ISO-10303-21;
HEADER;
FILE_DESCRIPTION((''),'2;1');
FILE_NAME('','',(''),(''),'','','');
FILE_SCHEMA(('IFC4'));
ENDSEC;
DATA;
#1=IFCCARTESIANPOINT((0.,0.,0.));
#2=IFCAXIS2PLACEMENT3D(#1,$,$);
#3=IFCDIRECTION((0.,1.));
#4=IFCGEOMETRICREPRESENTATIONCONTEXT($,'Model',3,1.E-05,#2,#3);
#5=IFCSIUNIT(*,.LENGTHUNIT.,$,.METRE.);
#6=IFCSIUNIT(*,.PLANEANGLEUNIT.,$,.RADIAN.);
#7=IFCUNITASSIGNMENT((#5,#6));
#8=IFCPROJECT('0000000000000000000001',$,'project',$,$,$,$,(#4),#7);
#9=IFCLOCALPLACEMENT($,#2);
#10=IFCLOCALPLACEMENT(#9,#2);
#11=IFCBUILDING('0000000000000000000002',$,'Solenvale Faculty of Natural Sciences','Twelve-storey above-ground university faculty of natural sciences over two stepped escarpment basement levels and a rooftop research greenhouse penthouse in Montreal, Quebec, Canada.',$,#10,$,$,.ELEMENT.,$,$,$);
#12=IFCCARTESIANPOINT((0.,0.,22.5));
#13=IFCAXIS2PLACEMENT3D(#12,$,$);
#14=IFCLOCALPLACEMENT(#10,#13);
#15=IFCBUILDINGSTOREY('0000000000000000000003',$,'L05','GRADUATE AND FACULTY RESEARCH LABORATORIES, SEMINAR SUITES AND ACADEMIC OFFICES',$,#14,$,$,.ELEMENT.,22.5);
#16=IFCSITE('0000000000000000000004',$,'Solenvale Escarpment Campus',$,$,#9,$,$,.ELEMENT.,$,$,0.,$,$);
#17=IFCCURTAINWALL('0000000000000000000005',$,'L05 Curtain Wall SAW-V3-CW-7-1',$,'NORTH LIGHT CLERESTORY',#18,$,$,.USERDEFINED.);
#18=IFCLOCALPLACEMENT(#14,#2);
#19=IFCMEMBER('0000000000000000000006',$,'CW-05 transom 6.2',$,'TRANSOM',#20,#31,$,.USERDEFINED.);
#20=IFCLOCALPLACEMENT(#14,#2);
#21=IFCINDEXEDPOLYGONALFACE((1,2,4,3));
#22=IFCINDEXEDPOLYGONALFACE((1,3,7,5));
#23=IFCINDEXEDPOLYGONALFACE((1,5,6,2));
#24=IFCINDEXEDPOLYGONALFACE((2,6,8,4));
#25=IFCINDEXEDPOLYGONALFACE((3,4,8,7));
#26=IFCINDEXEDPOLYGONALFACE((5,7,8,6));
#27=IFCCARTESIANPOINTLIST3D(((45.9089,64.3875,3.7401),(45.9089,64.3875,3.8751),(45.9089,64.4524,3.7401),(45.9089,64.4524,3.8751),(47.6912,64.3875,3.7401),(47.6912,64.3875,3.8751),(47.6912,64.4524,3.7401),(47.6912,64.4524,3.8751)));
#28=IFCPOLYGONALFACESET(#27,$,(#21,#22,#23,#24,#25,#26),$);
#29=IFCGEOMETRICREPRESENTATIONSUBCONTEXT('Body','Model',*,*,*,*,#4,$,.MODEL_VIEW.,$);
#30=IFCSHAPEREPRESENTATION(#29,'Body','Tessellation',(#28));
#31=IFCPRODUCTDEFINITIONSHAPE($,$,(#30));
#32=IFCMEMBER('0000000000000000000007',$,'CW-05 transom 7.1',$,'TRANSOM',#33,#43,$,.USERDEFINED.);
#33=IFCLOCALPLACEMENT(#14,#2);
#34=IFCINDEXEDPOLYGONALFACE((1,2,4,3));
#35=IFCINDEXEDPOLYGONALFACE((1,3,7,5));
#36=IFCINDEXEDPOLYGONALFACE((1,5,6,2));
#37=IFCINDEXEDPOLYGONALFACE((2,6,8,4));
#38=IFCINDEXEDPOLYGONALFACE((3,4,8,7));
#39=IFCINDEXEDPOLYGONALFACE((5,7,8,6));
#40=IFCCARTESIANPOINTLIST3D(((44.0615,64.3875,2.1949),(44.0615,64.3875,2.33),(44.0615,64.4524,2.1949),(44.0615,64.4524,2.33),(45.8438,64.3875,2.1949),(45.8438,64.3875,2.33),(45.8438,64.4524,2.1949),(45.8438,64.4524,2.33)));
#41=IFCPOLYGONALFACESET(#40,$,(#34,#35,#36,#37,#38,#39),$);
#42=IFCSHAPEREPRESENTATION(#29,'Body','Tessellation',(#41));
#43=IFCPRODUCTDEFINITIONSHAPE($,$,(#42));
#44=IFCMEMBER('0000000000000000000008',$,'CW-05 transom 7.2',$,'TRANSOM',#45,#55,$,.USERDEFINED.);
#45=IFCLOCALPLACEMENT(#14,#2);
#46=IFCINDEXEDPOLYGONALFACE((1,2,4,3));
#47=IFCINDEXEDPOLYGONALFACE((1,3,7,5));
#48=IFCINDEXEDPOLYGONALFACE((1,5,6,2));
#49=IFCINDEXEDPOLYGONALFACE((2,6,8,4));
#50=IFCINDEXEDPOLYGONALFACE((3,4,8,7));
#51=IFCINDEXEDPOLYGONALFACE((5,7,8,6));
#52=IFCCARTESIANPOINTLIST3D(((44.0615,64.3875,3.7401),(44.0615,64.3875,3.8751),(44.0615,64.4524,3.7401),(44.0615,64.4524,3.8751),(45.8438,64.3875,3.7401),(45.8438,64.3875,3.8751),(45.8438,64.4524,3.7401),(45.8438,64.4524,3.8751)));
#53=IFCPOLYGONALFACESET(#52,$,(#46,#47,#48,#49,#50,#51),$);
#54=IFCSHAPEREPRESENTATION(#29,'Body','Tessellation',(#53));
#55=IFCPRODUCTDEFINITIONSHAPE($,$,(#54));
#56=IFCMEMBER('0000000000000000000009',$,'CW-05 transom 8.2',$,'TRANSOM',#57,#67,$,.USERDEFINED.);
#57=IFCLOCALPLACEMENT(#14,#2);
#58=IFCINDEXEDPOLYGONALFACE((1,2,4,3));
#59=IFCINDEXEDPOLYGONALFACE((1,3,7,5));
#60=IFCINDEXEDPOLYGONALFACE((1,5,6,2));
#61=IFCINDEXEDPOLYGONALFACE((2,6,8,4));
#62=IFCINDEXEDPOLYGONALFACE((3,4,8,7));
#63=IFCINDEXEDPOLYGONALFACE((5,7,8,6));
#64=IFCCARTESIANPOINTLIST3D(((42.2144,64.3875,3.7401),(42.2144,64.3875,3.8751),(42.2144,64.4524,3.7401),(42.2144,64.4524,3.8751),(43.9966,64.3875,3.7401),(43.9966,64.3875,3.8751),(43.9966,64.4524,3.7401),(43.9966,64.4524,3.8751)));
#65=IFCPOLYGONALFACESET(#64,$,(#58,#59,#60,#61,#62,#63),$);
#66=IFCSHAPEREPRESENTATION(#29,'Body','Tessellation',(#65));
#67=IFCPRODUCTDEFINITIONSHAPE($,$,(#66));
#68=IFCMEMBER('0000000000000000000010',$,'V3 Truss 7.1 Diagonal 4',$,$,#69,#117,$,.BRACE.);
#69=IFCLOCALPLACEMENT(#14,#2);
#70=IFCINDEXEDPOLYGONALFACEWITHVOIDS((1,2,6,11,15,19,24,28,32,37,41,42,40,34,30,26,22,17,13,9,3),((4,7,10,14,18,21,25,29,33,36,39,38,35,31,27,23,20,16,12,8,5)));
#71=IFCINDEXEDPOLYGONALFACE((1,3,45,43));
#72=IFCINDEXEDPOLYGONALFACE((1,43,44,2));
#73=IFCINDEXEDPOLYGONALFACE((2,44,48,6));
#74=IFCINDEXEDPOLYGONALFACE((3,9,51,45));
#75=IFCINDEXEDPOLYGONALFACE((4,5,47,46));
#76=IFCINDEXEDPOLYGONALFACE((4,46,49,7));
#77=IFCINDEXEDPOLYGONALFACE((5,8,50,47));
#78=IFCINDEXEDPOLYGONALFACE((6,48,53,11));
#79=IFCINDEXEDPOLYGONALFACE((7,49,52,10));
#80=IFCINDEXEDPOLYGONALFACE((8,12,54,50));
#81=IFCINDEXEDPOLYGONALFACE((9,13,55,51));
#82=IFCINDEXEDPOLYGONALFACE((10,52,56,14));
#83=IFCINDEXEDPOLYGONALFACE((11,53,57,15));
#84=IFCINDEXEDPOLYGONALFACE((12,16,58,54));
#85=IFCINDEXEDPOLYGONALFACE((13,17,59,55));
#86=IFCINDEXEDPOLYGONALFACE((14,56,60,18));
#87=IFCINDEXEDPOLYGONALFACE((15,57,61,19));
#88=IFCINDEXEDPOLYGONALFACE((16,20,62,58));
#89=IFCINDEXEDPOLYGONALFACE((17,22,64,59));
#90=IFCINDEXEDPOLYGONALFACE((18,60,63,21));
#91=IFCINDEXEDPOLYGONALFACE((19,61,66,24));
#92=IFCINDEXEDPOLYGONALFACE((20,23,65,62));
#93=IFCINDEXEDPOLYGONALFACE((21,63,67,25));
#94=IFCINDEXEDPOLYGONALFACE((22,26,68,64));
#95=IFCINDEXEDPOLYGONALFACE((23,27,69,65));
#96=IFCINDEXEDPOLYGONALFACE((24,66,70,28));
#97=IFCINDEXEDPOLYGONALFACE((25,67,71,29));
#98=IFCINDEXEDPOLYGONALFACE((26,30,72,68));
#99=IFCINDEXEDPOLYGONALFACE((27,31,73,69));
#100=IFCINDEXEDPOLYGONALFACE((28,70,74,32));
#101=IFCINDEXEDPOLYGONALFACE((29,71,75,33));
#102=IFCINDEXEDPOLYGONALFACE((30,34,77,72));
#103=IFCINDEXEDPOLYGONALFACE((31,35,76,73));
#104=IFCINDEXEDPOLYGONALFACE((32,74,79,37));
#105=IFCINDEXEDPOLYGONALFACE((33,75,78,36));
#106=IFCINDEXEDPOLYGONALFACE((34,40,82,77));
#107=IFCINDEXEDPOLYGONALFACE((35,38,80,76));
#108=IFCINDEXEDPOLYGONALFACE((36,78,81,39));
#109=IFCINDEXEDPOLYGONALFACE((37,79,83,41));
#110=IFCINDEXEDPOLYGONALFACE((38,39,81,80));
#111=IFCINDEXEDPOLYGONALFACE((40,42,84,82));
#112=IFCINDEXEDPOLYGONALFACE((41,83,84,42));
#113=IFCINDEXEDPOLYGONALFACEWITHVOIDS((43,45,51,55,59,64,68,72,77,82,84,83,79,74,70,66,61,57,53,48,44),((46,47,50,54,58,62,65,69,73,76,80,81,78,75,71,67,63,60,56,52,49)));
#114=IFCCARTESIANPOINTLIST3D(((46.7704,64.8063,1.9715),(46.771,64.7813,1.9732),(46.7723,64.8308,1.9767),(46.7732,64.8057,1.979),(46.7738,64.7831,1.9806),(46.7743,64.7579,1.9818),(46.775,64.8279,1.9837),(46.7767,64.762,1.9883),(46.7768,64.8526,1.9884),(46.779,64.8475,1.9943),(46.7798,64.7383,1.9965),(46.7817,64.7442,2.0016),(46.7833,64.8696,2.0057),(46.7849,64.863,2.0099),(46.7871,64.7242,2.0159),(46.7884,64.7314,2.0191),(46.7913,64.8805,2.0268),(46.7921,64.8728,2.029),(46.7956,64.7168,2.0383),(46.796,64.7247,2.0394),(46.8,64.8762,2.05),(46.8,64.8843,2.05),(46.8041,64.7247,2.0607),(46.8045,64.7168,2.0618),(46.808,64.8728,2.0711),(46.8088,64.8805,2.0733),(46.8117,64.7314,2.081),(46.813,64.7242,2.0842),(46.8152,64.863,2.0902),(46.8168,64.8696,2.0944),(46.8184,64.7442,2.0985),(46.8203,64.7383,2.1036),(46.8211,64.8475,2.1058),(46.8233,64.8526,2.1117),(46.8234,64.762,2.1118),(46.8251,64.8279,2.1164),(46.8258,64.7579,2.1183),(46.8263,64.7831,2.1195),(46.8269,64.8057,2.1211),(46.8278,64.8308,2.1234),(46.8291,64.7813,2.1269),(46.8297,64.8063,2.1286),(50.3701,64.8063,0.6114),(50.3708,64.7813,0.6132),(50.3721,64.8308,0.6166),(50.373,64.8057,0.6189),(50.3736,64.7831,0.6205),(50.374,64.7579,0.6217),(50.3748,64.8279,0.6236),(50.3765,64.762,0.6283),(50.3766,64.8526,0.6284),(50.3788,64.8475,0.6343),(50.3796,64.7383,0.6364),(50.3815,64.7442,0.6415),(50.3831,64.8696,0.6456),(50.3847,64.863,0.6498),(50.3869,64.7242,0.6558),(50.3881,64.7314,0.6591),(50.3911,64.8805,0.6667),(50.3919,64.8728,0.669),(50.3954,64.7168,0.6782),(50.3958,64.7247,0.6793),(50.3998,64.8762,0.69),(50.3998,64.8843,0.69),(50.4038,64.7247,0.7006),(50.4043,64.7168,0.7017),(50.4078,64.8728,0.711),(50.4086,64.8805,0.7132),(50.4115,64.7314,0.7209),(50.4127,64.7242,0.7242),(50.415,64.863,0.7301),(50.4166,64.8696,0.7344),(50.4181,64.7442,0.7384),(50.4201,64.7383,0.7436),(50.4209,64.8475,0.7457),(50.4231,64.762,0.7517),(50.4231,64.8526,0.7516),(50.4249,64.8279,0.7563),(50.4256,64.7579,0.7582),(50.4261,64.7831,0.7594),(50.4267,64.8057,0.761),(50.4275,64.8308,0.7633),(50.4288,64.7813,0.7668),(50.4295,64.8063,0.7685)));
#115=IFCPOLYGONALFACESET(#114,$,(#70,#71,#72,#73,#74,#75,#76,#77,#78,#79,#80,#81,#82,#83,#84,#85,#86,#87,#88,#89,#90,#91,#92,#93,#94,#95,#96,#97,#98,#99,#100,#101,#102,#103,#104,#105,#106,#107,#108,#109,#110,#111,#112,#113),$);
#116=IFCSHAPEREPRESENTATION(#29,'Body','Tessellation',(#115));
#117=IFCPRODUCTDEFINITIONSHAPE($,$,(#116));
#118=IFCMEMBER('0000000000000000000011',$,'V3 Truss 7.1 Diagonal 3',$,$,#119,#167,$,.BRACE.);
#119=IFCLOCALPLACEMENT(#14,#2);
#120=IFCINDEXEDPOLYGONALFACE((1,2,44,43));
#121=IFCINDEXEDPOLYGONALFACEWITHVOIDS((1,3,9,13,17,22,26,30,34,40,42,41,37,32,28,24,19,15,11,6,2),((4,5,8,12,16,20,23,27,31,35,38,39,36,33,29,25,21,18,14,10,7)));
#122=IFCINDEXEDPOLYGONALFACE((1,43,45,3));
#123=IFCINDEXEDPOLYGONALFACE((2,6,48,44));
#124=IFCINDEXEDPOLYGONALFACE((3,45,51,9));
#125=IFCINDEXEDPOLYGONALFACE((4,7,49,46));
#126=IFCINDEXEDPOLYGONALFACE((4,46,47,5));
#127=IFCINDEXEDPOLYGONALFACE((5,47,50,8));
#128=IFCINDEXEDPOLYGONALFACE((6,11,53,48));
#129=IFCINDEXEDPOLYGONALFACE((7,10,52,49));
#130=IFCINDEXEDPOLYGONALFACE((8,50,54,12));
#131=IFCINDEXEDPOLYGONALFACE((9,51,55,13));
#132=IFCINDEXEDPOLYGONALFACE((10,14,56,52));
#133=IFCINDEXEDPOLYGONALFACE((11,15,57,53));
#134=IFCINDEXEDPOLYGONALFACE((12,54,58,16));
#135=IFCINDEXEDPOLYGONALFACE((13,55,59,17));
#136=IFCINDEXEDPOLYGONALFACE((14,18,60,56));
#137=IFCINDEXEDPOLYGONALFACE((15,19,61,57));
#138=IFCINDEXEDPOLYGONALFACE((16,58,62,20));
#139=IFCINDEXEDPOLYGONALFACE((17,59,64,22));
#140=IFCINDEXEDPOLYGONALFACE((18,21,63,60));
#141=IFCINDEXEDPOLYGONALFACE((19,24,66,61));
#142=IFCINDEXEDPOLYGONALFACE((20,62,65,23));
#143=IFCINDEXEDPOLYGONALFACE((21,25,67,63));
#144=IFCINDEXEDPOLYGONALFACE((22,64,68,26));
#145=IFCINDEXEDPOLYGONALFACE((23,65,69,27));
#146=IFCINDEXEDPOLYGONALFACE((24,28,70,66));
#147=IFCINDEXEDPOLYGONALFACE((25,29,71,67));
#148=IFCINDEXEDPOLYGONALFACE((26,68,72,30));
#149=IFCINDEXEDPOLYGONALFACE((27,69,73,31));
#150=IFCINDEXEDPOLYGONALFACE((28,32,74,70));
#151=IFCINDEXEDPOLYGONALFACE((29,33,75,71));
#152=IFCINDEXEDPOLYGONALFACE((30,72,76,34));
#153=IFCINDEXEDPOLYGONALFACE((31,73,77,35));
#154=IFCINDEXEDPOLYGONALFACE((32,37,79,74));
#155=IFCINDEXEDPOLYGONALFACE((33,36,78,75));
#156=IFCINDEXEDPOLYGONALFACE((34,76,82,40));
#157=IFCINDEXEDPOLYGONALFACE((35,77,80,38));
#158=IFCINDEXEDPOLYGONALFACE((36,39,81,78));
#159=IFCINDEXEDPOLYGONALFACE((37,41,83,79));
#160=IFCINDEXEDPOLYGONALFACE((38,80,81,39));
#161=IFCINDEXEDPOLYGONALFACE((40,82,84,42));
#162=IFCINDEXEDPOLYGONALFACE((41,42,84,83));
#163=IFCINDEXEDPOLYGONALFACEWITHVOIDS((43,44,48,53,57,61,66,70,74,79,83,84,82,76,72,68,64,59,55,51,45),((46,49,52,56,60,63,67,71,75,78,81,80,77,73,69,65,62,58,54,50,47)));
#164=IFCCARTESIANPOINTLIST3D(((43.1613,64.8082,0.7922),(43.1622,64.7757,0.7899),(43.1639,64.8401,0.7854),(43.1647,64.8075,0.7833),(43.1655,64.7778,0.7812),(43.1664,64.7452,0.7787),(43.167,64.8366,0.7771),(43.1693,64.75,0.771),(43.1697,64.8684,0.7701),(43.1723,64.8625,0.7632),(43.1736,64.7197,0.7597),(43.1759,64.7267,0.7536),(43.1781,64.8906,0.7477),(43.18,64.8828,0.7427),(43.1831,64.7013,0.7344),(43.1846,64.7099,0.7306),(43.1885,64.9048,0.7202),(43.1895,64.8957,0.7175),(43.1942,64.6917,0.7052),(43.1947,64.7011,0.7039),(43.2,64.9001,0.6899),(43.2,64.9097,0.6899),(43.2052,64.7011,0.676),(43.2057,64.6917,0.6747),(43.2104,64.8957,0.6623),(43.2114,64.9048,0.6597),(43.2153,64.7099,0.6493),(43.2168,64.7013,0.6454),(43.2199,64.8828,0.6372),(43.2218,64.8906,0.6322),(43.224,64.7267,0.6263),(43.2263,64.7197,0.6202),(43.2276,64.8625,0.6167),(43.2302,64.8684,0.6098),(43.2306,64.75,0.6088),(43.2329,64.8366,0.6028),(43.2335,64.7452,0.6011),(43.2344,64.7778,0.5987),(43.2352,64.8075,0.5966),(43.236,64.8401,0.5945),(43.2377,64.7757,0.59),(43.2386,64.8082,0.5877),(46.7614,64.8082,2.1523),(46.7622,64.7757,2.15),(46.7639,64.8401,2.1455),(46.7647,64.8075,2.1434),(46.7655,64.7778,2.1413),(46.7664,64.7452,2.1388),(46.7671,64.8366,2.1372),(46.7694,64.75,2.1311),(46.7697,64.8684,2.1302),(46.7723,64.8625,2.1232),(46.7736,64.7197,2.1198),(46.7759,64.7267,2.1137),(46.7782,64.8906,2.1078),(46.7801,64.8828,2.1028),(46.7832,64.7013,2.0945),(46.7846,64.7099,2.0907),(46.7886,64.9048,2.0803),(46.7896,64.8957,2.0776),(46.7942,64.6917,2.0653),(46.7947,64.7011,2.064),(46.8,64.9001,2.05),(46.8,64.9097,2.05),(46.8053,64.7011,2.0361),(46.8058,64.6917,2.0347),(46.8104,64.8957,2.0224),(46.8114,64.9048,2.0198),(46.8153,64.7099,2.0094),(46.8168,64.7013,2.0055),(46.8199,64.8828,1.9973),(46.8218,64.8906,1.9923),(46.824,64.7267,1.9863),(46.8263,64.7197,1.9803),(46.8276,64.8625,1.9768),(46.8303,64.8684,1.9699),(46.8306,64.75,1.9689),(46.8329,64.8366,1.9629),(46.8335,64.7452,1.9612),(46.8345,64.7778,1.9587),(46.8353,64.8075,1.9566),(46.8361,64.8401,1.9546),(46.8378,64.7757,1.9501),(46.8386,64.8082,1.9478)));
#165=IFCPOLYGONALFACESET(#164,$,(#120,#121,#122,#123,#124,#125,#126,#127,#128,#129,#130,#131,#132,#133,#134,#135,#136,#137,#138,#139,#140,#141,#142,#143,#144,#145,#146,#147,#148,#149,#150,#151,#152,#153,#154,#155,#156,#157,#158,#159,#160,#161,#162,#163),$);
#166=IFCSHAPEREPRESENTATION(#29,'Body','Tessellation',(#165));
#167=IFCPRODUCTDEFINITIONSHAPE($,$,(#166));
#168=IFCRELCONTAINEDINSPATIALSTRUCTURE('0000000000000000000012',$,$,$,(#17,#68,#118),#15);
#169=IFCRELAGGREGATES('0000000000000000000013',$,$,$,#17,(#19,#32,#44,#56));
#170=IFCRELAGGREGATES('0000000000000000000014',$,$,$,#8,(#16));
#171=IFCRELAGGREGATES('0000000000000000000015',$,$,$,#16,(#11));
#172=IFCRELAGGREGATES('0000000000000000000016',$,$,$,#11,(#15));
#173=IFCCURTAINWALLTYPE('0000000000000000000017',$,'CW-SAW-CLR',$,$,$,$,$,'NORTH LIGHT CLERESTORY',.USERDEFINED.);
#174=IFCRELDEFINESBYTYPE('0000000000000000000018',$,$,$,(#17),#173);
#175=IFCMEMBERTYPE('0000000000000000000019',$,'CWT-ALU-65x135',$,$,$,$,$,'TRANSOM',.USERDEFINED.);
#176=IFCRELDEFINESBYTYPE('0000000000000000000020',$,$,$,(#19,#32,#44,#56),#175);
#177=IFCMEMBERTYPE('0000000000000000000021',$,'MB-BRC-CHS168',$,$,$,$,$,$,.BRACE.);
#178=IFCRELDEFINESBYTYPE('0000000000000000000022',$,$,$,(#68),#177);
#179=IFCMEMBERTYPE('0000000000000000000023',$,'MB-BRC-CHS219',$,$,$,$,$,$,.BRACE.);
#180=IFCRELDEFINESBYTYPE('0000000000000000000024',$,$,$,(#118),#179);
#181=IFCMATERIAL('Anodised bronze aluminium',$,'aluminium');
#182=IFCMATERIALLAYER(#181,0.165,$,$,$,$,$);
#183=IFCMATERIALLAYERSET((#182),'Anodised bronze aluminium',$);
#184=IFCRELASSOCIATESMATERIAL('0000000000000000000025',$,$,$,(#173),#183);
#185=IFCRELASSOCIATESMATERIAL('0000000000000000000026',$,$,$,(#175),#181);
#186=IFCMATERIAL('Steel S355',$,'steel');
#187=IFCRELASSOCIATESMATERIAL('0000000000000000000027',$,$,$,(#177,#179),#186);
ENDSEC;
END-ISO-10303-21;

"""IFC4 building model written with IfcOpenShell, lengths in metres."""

from ifc_helpers import new_model, si_unit, direction, frame, origin, origin_2d, place, context, subcontext, project, spatial, rectangle, hollow_circle, extrude, material, layer, layer_set, material_profile, profile_set, type_object, element, aggregate, save


model = new_model("IFC4")

# Units and contexts
model_context = context("Model", 3, precision=1e-05, world=origin(), true_north=direction((0.0, 1.0)))
body_context = subcontext(model_context, "Body", "Model", "MODEL_VIEW")
ifc_project = project(units=[si_unit("LENGTHUNIT", "METRE"), si_unit("PLANEANGLEUNIT", "RADIAN")], contexts=[model_context])

# Site, building, storey
site_placement = place(None, origin())
site = spatial("IfcSite", under=ifc_project, at=site_placement, Name="Solenvale Escarpment Campus", CompositionType="ELEMENT", RefElevation=0.0)
building_placement = place(site_placement, origin())
building = spatial("IfcBuilding", under=site, at=building_placement, Name="Solenvale Faculty of Natural Sciences", Description="Twelve-storey above-ground university faculty of natural sciences over two stepped escarpment basement levels and a rooftop research greenhouse penthouse in Montreal, Quebec, Canada.", CompositionType="ELEMENT")
storey_placement = place(building_placement, frame((0.0, 0.0, 22.5)))
storey = spatial("IfcBuildingStorey", under=building, at=storey_placement, Name="L05", Description="GRADUATE AND FACULTY RESEARCH LABORATORIES, SEMINAR SUITES AND ACADEMIC OFFICES", CompositionType="ELEMENT", Elevation=22.5)

# Shared definitions
ifc_material_1 = material(Name="Steel S355", Category="steel")

# Curtain wall, members
ifc_material_2 = material(Name="Anodised bronze aluminium", Category="aluminium")
ifc_layer_1 = layer(ifc_material_2, 0.165)
ifc_layer_set_1 = layer_set([ifc_layer_1], Name="Anodised bronze aluminium")
curtain_wall_type = type_object("IfcCurtainWallType", Name="CW-SAW-CLR", ElementType="NORTH LIGHT CLERESTORY", PredefinedType="USERDEFINED", material=ifc_layer_set_1)
curtain_wall_placement = place(storey_placement, origin())
curtain_wall = element("IfcCurtainWall", 1, at=curtain_wall_placement, inside=storey, type_object=curtain_wall_type, Name="L05 Curtain Wall SAW-V3-CW-7-1", ObjectType="NORTH LIGHT CLERESTORY", PredefinedType="USERDEFINED")
ifc_material_profile_1 = material_profile(ifc_material_2, rectangle(XDim=0.0649, YDim=0.135, at=origin_2d()), Name="ALU-TRN-65x135")
ifc_profile_set_1 = profile_set([ifc_material_profile_1], Name="Anodised bronze aluminium")
member_type_1 = type_object("IfcMemberType", Name="CWT-ALU-65x135", ElementType="TRANSOM", PredefinedType="USERDEFINED", material=ifc_profile_set_1)
member_1_placement = place(storey_placement, frame((47.6912, 64.4199, 3.8076), z_axis=(-1.0, 0.0, 0.0), x_axis=(0.0, -1.0, 0.0)))
member_1 = element("IfcMember", 2, at=member_1_placement, type_object=member_type_1, Name="CW-05 transom 6.2", ObjectType="TRANSOM", PredefinedType="USERDEFINED", context=body_context, shape_type="SweptSolid", body=[
    extrude(rectangle(XDim=0.0649, YDim=0.135, at=origin_2d()), origin(), (0.0, 0.0, 1.0), 1.7822),
])
member_2_placement = place(storey_placement, frame((45.8438, 64.4199, 2.2625), z_axis=(-1.0, 0.0, 0.0), x_axis=(0.0, -1.0, 0.0)))
member_2 = element("IfcMember", 3, at=member_2_placement, type_object=member_type_1, Name="CW-05 transom 7.1", ObjectType="TRANSOM", PredefinedType="USERDEFINED", context=body_context, shape_type="SweptSolid", body=[
    extrude(rectangle(XDim=0.0649, YDim=0.135, at=origin_2d()), origin(), (0.0, 0.0, 1.0), 1.7822),
])
member_3_placement = place(storey_placement, frame((45.8438, 64.4199, 3.8076), z_axis=(-1.0, 0.0, 0.0), x_axis=(0.0, -1.0, 0.0)))
member_3 = element("IfcMember", 4, at=member_3_placement, type_object=member_type_1, Name="CW-05 transom 7.2", ObjectType="TRANSOM", PredefinedType="USERDEFINED", context=body_context, shape_type="SweptSolid", body=[
    extrude(rectangle(XDim=0.0649, YDim=0.135, at=origin_2d()), origin(), (0.0, 0.0, 1.0), 1.7822),
])
member_4_placement = place(storey_placement, frame((43.9966, 64.4199, 3.8076), z_axis=(-1.0, 0.0, 0.0), x_axis=(0.0, -1.0, 0.0)))
member_4 = element("IfcMember", 5, at=member_4_placement, type_object=member_type_1, Name="CW-05 transom 8.2", ObjectType="TRANSOM", PredefinedType="USERDEFINED", context=body_context, shape_type="SweptSolid", body=[
    extrude(rectangle(XDim=0.0649, YDim=0.135, at=origin_2d()), origin(), (0.0, 0.0, 1.0), 1.7822),
])

# Members
ifc_material_profile_2 = material_profile(ifc_material_1, hollow_circle(Radius=0.0842, WallThickness=0.0081, at=origin_2d()), Name="HSS168x8.0")
ifc_profile_set_2 = profile_set([ifc_material_profile_2], Name="Steel S355")
member_type_2 = type_object("IfcMemberType", Name="MB-BRC-CHS168", PredefinedType="BRACE", material=ifc_profile_set_2)
member_5_placement = place(storey_placement, frame((46.8, 64.8, 2.05), z_axis=(0.935458, 0.0, -0.353438), x_axis=(0.0, 1.0, 0.0)))
element("IfcMember", 6, at=member_5_placement, inside=storey, type_object=member_type_2, Name="V3 Truss 7.1 Diagonal 4", PredefinedType="BRACE", context=body_context, shape_type="SweptSolid", body=[
    extrude(hollow_circle(Radius=0.0842, WallThickness=0.0081, at=origin_2d()), origin(), (0.0, 0.0, 1.0), 3.8481),
])
ifc_material_profile_3 = material_profile(ifc_material_1, hollow_circle(Radius=0.1096, WallThickness=0.0095, at=origin_2d()), Name="HSS219x9.5")
ifc_profile_set_3 = profile_set([ifc_material_profile_3], Name="Steel S355")
member_type_3 = type_object("IfcMemberType", Name="MB-BRC-CHS219", PredefinedType="BRACE", material=ifc_profile_set_3)
member_6_placement = place(storey_placement, frame((43.2, 64.8, 0.6899), z_axis=(0.935466, 0.0, 0.353417), x_axis=(0.0, 1.0, 0.0)))
element("IfcMember", 7, at=member_6_placement, inside=storey, type_object=member_type_3, Name="V3 Truss 7.1 Diagonal 3", PredefinedType="BRACE", context=body_context, shape_type="SweptSolid", body=[
    extrude(hollow_circle(Radius=0.1096, WallThickness=0.0095, at=origin_2d()), origin(), (0.0, 0.0, 1.0), 3.8484),
])

aggregate(curtain_wall, [member_1, member_2, member_3, member_4])

save(model, "model.ifc")
